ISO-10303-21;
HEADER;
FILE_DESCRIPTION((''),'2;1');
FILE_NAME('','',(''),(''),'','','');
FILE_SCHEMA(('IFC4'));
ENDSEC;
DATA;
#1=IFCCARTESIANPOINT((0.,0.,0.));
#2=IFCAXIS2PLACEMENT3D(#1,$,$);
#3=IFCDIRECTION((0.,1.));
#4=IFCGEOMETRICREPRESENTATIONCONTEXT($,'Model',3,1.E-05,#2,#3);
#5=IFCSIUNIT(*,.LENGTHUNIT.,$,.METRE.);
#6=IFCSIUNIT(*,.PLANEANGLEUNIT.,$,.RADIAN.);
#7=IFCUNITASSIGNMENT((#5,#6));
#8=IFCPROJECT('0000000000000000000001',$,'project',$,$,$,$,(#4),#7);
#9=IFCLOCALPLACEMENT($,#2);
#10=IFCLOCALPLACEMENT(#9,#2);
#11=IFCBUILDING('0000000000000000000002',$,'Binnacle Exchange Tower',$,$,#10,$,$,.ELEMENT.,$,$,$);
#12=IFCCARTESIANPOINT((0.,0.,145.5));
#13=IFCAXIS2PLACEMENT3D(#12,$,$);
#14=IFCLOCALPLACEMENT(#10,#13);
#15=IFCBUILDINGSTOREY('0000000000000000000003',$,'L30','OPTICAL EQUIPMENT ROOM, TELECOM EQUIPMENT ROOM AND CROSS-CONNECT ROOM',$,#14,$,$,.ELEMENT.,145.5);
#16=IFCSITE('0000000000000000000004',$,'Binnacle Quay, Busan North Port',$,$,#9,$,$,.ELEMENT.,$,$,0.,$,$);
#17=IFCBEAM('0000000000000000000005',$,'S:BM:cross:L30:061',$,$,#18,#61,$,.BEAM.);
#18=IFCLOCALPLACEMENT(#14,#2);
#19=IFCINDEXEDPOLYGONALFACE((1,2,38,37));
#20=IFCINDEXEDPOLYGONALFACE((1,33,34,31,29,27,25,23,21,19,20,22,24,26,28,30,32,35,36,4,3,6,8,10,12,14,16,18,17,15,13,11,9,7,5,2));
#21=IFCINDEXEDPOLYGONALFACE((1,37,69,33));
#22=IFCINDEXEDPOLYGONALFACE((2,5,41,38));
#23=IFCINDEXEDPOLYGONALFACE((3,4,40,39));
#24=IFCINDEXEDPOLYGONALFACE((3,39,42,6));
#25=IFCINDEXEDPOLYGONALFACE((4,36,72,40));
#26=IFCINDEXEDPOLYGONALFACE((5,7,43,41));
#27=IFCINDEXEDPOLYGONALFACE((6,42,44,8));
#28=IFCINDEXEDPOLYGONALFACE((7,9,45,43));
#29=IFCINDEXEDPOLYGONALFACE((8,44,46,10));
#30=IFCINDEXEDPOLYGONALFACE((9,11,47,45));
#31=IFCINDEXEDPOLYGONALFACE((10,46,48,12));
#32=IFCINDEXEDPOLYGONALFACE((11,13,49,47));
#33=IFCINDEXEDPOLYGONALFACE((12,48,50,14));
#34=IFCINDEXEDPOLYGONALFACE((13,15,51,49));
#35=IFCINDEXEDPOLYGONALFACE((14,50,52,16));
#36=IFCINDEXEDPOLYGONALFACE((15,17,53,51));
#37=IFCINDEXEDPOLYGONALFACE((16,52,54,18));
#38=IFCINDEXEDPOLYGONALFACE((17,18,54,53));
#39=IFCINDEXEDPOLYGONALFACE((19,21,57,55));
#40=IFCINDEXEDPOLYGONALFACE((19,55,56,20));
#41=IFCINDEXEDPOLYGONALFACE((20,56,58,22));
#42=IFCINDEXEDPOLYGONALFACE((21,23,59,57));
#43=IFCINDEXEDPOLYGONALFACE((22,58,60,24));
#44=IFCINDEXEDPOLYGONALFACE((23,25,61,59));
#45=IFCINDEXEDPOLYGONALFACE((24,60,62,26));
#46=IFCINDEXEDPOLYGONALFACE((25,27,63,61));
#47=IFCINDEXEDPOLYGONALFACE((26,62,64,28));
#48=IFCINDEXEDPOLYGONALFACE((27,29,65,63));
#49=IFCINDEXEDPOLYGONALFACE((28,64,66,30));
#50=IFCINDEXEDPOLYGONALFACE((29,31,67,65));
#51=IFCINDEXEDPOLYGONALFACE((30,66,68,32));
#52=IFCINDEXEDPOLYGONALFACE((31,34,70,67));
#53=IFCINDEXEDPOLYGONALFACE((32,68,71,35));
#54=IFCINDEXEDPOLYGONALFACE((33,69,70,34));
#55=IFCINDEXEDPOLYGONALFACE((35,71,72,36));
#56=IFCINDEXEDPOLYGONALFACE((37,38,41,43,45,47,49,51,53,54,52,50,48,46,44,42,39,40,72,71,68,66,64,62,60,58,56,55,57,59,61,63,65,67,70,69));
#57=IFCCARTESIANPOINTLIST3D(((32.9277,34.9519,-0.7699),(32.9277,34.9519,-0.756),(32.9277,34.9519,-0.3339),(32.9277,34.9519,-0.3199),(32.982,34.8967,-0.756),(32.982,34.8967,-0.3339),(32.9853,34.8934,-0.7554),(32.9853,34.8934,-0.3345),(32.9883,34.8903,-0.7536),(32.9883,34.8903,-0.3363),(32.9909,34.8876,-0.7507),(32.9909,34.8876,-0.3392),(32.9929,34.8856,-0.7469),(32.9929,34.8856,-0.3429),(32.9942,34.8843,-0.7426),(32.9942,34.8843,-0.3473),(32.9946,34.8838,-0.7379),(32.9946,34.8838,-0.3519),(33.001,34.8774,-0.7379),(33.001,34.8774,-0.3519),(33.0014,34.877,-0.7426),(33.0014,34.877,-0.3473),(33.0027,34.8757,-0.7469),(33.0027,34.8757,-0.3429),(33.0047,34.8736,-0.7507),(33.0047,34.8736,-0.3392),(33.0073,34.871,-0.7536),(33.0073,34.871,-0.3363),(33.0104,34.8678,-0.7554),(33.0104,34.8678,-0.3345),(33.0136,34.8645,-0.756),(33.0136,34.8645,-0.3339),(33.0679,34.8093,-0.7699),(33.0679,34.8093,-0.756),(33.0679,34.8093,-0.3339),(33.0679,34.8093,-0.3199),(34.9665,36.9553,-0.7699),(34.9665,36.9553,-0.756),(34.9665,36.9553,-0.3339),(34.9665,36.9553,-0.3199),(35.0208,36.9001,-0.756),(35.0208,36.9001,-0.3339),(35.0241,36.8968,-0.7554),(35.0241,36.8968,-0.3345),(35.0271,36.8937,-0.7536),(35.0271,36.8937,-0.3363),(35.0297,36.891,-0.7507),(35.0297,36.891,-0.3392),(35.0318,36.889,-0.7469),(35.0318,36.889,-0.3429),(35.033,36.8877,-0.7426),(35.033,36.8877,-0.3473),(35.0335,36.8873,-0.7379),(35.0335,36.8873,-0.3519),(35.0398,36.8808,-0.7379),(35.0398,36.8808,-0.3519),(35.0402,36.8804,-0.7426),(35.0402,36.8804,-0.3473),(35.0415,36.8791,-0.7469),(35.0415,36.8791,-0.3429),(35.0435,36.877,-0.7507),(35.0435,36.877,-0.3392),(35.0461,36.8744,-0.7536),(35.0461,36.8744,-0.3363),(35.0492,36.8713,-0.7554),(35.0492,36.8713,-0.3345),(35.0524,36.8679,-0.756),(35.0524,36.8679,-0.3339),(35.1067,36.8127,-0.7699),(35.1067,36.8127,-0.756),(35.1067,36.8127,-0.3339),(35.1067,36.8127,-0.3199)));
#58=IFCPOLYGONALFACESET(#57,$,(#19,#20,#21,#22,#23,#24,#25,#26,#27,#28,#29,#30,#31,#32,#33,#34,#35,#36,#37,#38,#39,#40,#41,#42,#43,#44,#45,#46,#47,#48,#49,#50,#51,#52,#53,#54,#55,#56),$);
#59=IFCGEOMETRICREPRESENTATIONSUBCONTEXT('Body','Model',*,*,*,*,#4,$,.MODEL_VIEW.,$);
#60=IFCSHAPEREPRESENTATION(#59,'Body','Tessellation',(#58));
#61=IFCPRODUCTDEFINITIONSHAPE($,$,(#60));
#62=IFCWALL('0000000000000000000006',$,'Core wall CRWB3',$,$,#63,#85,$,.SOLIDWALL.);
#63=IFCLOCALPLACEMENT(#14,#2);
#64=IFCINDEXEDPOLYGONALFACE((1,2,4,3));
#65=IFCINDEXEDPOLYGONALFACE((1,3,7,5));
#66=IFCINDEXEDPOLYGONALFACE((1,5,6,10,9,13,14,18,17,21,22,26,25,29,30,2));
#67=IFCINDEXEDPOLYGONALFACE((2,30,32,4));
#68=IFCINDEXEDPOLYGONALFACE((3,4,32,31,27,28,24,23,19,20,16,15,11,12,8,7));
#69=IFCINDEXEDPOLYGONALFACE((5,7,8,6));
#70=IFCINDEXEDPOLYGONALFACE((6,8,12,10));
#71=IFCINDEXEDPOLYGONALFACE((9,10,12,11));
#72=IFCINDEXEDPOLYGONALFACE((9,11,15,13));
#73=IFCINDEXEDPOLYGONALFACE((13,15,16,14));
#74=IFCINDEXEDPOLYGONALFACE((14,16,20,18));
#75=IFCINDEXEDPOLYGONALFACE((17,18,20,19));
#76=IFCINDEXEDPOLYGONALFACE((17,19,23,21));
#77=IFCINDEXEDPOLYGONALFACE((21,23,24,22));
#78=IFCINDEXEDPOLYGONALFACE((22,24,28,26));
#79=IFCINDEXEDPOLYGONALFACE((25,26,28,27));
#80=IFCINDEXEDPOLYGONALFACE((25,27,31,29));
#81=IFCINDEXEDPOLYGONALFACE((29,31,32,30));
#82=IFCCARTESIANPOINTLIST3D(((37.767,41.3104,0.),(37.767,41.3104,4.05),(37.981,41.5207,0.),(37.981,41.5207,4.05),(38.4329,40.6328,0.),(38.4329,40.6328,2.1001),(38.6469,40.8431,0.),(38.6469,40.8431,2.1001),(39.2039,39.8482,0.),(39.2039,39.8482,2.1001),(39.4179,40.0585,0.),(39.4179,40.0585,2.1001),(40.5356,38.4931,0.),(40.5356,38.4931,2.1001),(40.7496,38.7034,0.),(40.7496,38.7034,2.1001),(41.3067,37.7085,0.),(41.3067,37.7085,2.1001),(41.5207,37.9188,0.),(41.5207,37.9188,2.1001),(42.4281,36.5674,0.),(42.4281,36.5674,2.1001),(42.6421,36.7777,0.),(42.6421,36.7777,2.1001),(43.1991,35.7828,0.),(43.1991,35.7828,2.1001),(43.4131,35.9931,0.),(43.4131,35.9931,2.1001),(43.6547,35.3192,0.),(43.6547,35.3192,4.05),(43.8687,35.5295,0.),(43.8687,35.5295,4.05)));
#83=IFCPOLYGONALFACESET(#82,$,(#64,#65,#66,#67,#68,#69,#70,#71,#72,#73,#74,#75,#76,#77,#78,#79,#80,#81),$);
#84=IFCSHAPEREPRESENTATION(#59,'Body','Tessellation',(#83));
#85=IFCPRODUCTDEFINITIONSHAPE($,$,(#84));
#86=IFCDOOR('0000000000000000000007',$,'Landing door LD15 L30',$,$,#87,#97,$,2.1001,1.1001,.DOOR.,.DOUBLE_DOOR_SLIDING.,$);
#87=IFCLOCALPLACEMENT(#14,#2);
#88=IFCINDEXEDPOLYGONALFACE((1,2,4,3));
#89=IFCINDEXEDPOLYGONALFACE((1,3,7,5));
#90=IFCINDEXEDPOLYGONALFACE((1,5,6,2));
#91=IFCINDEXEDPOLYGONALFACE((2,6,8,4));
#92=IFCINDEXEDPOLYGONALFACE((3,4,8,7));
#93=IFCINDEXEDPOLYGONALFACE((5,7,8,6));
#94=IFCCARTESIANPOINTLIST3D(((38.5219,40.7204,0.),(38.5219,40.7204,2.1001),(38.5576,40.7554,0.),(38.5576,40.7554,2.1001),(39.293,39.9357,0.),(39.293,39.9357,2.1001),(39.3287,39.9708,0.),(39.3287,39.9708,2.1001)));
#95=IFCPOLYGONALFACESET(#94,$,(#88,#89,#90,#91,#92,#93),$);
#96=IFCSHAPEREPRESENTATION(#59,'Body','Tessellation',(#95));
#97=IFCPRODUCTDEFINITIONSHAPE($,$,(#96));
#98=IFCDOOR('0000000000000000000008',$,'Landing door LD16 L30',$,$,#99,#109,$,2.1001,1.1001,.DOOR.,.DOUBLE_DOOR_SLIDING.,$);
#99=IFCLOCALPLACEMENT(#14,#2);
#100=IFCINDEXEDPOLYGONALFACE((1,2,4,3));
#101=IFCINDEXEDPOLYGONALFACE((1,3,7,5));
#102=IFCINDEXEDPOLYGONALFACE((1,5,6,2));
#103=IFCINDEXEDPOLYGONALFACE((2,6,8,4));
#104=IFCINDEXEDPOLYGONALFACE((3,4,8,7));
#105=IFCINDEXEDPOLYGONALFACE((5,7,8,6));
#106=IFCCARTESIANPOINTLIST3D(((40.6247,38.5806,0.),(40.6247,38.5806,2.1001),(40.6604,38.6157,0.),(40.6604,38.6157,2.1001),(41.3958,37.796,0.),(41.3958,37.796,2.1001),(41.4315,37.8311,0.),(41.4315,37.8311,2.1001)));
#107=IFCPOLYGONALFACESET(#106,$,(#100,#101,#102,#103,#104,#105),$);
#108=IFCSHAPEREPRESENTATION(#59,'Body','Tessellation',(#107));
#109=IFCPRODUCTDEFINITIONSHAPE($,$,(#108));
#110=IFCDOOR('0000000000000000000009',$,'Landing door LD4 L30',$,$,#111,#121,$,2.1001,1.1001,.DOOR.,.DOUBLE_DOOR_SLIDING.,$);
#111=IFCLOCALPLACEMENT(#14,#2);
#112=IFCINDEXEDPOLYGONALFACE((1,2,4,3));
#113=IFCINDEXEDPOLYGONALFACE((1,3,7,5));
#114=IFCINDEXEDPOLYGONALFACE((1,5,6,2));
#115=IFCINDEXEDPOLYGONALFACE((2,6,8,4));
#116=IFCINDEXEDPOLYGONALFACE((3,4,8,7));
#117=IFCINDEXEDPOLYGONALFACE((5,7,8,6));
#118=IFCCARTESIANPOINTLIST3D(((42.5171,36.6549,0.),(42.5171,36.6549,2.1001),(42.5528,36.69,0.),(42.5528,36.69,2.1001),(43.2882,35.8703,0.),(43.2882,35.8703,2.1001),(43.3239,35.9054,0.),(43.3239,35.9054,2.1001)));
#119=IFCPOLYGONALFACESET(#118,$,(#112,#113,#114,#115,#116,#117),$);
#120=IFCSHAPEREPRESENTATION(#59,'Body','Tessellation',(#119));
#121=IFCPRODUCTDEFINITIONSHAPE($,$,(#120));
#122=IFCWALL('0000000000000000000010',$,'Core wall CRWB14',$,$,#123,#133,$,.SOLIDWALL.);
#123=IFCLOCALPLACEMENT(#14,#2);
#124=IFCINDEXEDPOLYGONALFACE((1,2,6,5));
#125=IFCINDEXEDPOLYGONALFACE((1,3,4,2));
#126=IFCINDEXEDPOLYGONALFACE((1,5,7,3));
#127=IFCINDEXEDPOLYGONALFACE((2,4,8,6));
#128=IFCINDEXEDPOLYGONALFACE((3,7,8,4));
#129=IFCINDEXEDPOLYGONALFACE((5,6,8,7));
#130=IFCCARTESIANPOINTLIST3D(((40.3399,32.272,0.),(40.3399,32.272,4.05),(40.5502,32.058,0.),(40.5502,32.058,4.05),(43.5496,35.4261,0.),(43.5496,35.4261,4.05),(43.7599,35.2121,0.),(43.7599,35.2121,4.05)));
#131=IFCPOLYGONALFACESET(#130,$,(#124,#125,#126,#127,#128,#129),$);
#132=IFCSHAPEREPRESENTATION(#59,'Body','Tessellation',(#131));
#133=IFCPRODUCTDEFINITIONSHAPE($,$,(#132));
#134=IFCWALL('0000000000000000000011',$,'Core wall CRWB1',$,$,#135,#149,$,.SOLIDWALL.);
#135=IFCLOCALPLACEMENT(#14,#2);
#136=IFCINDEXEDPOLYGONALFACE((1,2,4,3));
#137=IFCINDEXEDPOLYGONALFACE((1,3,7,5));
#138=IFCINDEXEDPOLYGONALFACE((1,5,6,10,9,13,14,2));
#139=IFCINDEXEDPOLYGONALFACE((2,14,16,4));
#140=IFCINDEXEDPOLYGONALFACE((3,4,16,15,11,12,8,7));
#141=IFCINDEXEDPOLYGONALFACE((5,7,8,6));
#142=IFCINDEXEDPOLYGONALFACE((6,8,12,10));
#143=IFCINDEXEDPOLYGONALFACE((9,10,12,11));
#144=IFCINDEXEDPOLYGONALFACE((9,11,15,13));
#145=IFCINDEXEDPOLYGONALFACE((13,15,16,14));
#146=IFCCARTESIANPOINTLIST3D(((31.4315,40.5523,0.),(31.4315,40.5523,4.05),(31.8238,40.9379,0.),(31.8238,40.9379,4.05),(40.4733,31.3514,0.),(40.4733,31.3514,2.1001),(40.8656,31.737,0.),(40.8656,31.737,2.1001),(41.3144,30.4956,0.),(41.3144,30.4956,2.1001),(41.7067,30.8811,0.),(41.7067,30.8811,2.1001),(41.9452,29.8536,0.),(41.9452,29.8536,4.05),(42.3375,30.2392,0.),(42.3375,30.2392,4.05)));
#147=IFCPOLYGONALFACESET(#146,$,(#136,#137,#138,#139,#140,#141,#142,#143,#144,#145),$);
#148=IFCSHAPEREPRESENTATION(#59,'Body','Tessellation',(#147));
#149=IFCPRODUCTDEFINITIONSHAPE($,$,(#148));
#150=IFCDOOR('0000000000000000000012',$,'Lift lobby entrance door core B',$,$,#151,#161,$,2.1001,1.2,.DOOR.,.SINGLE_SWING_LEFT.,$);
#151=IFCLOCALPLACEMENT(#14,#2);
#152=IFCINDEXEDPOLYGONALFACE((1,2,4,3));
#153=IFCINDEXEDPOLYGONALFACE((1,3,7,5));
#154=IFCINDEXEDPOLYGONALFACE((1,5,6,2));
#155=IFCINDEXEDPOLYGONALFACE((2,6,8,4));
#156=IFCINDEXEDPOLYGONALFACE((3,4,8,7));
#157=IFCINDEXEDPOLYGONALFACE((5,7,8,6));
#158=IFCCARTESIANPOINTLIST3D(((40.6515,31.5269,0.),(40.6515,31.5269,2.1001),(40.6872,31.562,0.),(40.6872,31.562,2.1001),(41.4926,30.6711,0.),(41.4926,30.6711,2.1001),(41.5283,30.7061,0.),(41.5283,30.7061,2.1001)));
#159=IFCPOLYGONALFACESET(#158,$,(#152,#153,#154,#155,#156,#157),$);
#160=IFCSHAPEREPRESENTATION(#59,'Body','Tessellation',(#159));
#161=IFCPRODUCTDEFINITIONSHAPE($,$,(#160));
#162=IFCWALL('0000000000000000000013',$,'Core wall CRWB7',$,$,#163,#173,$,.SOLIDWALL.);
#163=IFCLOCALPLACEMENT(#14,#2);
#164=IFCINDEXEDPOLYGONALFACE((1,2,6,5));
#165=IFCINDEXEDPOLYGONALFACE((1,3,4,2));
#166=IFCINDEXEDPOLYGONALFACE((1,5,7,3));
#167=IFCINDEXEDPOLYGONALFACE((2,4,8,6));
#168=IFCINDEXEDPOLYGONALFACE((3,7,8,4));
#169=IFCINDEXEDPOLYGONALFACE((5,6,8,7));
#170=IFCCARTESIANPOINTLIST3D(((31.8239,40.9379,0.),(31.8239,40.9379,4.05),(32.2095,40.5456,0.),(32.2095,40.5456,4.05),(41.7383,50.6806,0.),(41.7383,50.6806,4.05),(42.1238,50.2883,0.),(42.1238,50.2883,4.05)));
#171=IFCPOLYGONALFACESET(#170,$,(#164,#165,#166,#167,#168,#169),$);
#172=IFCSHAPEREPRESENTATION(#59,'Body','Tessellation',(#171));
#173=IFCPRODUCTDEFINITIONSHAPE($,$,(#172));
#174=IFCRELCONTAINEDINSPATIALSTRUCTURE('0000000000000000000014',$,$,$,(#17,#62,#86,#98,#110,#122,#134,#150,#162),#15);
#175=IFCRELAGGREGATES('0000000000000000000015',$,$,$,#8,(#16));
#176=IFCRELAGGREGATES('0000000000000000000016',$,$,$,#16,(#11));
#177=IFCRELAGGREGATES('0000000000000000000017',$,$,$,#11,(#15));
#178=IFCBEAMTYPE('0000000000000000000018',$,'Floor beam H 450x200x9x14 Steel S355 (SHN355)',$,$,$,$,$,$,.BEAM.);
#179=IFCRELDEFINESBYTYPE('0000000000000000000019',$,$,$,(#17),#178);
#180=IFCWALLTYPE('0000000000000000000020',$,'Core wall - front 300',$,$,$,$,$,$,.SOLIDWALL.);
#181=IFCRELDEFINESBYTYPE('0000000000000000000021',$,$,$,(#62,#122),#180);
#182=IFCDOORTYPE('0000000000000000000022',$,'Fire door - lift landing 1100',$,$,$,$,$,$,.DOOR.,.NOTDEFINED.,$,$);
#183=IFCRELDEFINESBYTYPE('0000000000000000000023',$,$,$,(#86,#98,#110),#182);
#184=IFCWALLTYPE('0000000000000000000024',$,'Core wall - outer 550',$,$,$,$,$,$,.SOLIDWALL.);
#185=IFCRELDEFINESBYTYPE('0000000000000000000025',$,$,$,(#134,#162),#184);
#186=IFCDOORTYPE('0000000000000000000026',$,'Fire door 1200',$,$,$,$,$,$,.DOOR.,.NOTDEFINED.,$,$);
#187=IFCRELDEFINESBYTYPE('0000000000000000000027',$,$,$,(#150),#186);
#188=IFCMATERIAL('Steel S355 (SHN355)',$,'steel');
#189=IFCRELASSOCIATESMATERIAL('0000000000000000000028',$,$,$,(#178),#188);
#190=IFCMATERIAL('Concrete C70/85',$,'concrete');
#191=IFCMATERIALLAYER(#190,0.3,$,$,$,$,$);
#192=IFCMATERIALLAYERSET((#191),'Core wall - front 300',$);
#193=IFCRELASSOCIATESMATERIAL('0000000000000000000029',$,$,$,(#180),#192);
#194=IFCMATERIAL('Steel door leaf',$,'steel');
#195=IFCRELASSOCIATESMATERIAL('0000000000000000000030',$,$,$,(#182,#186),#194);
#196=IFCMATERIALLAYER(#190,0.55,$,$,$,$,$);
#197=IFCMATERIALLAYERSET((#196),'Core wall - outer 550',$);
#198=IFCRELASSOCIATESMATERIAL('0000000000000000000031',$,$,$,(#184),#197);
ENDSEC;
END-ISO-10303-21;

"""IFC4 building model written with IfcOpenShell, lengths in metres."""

from ifc_helpers import new_model, si_unit, direction, frame, frame_2d, origin, origin_2d, place, context, subcontext, project, spatial, rectangle, i_section, extrude, material, layer, layer_set, material_profile, profile_set, type_object, element, fill, save


model = new_model("IFC4")

# Units and contexts
model_context = context("Model", 3, precision=1e-05, world=origin(), true_north=direction((0.0, 1.0)))
body_context = subcontext(model_context, "Body", "Model", "MODEL_VIEW")
ifc_project = project(units=[si_unit("LENGTHUNIT", "METRE"), si_unit("PLANEANGLEUNIT", "RADIAN")], contexts=[model_context])

# Site, building, storey
site_placement = place(None, origin())
site = spatial("IfcSite", under=ifc_project, at=site_placement, Name="Binnacle Quay, Busan North Port", CompositionType="ELEMENT", RefElevation=0.0)
building_placement = place(site_placement, origin())
building = spatial("IfcBuilding", under=site, at=building_placement, Name="Binnacle Exchange Tower", CompositionType="ELEMENT")
storey_placement = place(building_placement, frame((0.0, 0.0, 145.5)))
storey = spatial("IfcBuildingStorey", under=building, at=storey_placement, Name="L30", Description="OPTICAL EQUIPMENT ROOM, TELECOM EQUIPMENT ROOM AND CROSS-CONNECT ROOM", CompositionType="ELEMENT", Elevation=145.5)

# Shared definitions
ifc_material_1 = material(Name="Concrete C70/85", Category="concrete")

# Beam
ifc_material_2 = material(Name="Steel S355 (SHN355)", Category="steel")
ifc_material_profile_1 = material_profile(ifc_material_2, i_section(OverallWidth=0.2, OverallDepth=0.45, WebThickness=0.009, FlangeThickness=0.0139, FilletRadius=0.0181, at=origin_2d()), Name="H 450x200x9x14")
ifc_profile_set_1 = profile_set([ifc_material_profile_1], Name="Steel S355 (SHN355)")
beam_type_1 = type_object("IfcBeamType", Name="Floor beam H 450x200x9x14 Steel S355 (SHN355)", PredefinedType="BEAM", material=ifc_profile_set_1)
beam_1_placement = place(storey_placement, frame((32.9978, 34.8806, -0.5449), z_axis=(0.713272, 0.700887, 0.0), x_axis=(-0.700887, 0.713272, 0.0)))
element("IfcBeam", 1, at=beam_1_placement, inside=storey, type_object=beam_type_1, Name="S:BM:cross:L30:061", PredefinedType="BEAM", context=body_context, shape_type="SweptSolid", body=[
    extrude(i_section(OverallWidth=0.2, OverallDepth=0.45, WebThickness=0.009, FlangeThickness=0.0139, FilletRadius=0.0181, at=origin_2d()), origin(), (0.0, 0.0, 1.0), 2.8584),
])

# Wall, openings, doors
ifc_layer_1 = layer(ifc_material_1, 0.3)
ifc_layer_set_1 = layer_set([ifc_layer_1], Name="Core wall - front 300")
wall_type_1 = type_object("IfcWallType", Name="Core wall - front 300", PredefinedType="SOLIDWALL", material=ifc_layer_set_1)
wall_1_placement = place(storey_placement, frame((37.874, 41.4155, 0.0), z_axis=(0.0, 0.0, 1.0), x_axis=(0.700918, -0.713242, 0.0)))
wall_1 = element("IfcWall", 2, at=wall_1_placement, inside=storey, type_object=wall_type_1, Name="Core wall CRWB3", PredefinedType="SOLIDWALL", context=body_context, shape_type="SweptSolid", body=[
    extrude(rectangle(XDim=8.3999, YDim=0.3, at=frame_2d((4.2, 0.0))), origin(), (0.0, 0.0, 1.0), 4.05),
])
opening_1_placement = place(wall_1_placement, frame((0.95, 0.0, 0.0)))
opening_1 = element("IfcOpeningElement", 3, at=opening_1_placement, cuts=wall_1, PredefinedType="OPENING", context=body_context, shape_type="SweptSolid", body=[
    extrude(rectangle(XDim=1.1001, YDim=2.1001, at=frame_2d((0.55, 1.05))), frame((0.0, 0.1599, 0.0), z_axis=(0.0, -1.0, 0.0), x_axis=(1.0, 0.0, 0.0)), (0.0, 0.0, 1.0), 0.3201),
])
opening_2_placement = place(wall_1_placement, frame((3.95, 0.0, 0.0)))
opening_2 = element("IfcOpeningElement", 4, at=opening_2_placement, cuts=wall_1, PredefinedType="OPENING", context=body_context, shape_type="SweptSolid", body=[
    extrude(rectangle(XDim=1.1001, YDim=2.1001, at=frame_2d((0.55, 1.05))), frame((0.0, 0.1599, 0.0), z_axis=(0.0, -1.0, 0.0), x_axis=(1.0, 0.0, 0.0)), (0.0, 0.0, 1.0), 0.3201),
])
opening_3_placement = place(wall_1_placement, frame((6.6499, 0.0, 0.0)))
opening_3 = element("IfcOpeningElement", 5, at=opening_3_placement, cuts=wall_1, PredefinedType="OPENING", context=body_context, shape_type="SweptSolid", body=[
    extrude(rectangle(XDim=1.1001, YDim=2.1001, at=frame_2d((0.55, 1.05))), frame((0.0, 0.1599, 0.0), z_axis=(0.0, -1.0, 0.0), x_axis=(1.0, 0.0, 0.0)), (0.0, 0.0, 1.0), 0.3201),
])
ifc_material_3 = material(Name="Steel door leaf", Category="steel")
door_type_1 = type_object("IfcDoorType", Name="Fire door - lift landing 1100", OperationType="NOTDEFINED", PredefinedType="DOOR", material=ifc_material_3)
door_1_placement = place(opening_1_placement, origin())
door_1 = element("IfcDoor", 6, at=door_1_placement, inside=storey, type_object=door_type_1, Name="Landing door LD15 L30", OperationType="DOUBLE_DOOR_SLIDING", OverallHeight=2.1001, OverallWidth=1.1001, PredefinedType="DOOR", context=body_context, shape_type="SweptSolid", body=[
    extrude(rectangle(XDim=1.1001, YDim=2.1001, at=frame_2d((0.55, 1.05))), frame((0.0, 0.0249, 0.0), z_axis=(0.0, -1.0, 0.0), x_axis=(1.0, 0.0, 0.0)), (0.0, 0.0, 1.0), 0.05),
])
fill(opening_1, door_1)
door_2_placement = place(opening_2_placement, origin())
door_2 = element("IfcDoor", 7, at=door_2_placement, inside=storey, type_object=door_type_1, Name="Landing door LD16 L30", OperationType="DOUBLE_DOOR_SLIDING", OverallHeight=2.1001, OverallWidth=1.1001, PredefinedType="DOOR", context=body_context, shape_type="SweptSolid", body=[
    extrude(rectangle(XDim=1.1001, YDim=2.1001, at=frame_2d((0.55, 1.05))), frame((0.0, 0.0249, 0.0), z_axis=(0.0, -1.0, 0.0), x_axis=(1.0, 0.0, 0.0)), (0.0, 0.0, 1.0), 0.05),
])
fill(opening_2, door_2)
door_3_placement = place(opening_3_placement, origin())
door_3 = element("IfcDoor", 8, at=door_3_placement, inside=storey, type_object=door_type_1, Name="Landing door LD4 L30", OperationType="DOUBLE_DOOR_SLIDING", OverallHeight=2.1001, OverallWidth=1.1001, PredefinedType="DOOR", context=body_context, shape_type="SweptSolid", body=[
    extrude(rectangle(XDim=1.1001, YDim=2.1001, at=frame_2d((0.55, 1.05))), frame((0.0, 0.0249, 0.0), z_axis=(0.0, -1.0, 0.0), x_axis=(1.0, 0.0, 0.0)), (0.0, 0.0, 1.0), 0.05),
])
fill(opening_3, door_3)

# Wall
wall_2_placement = place(storey_placement, frame((40.4451, 32.165, 0.0), z_axis=(0.0, 0.0, 1.0), x_axis=(0.713265, 0.700895, 0.0)))
element("IfcWall", 9, at=wall_2_placement, inside=storey, type_object=wall_type_1, Name="Core wall CRWB14", PredefinedType="SOLIDWALL", context=body_context, shape_type="SweptSolid", body=[
    extrude(rectangle(XDim=4.5, YDim=0.3, at=frame_2d((2.25, 0.0))), origin(), (0.0, 0.0, 1.0), 4.05),
])

# Wall, opening, door
ifc_layer_2 = layer(ifc_material_1, 0.55)
ifc_layer_set_2 = layer_set([ifc_layer_2], Name="Core wall - outer 550")
wall_type_2 = type_object("IfcWallType", Name="Core wall - outer 550", PredefinedType="SOLIDWALL", material=ifc_layer_set_2)
wall_3_placement = place(storey_placement, frame((31.6277, 40.7451, 0.0), z_axis=(0.0, 0.0, 1.0), x_axis=(0.700911, -0.713248, 0.0)))
wall_3 = element("IfcWall", 10, at=wall_3_placement, inside=storey, type_object=wall_type_2, Name="Core wall CRWB1", PredefinedType="SOLIDWALL", context=body_context, shape_type="SweptSolid", body=[
    extrude(rectangle(XDim=15.0, YDim=0.55, at=frame_2d((7.5, 0.0))), origin(), (0.0, 0.0, 1.0), 4.05),
])
opening_4_placement = place(wall_3_placement, frame((12.8999, 0.0, 0.0)))
opening_4 = element("IfcOpeningElement", 11, at=opening_4_placement, cuts=wall_3, PredefinedType="OPENING", context=body_context, shape_type="SweptSolid", body=[
    extrude(rectangle(XDim=1.2, YDim=2.1001, at=frame_2d((0.6001, 1.05))), frame((0.0, 0.2849, 0.0), z_axis=(0.0, -1.0, 0.0), x_axis=(1.0, 0.0, 0.0)), (0.0, 0.0, 1.0), 0.5701),
])
door_type_2 = type_object("IfcDoorType", Name="Fire door 1200", OperationType="NOTDEFINED", PredefinedType="DOOR", material=ifc_material_3)
door_4_placement = place(opening_4_placement, frame((1.2, 0.0, 0.0), z_axis=(0.0, 0.0, 1.0), x_axis=(-1.0, 0.0, 0.0)))
door_4 = element("IfcDoor", 12, at=door_4_placement, inside=storey, type_object=door_type_2, Name="Lift lobby entrance door core B", OperationType="SINGLE_SWING_LEFT", OverallHeight=2.1001, OverallWidth=1.2, PredefinedType="DOOR", context=body_context, shape_type="SweptSolid", body=[
    extrude(rectangle(XDim=1.2, YDim=2.1001, at=frame_2d((0.6001, 1.05))), frame((0.0, 0.0249, 0.0), z_axis=(0.0, -1.0, 0.0), x_axis=(1.0, 0.0, 0.0)), (0.0, 0.0, 1.0), 0.05),
])
fill(opening_4, door_4)

# Wall
for number, where, z_axis, x_axis, name in (
    (13, (32.0166, 40.7417, 0.0), (0.0, 0.0, 1.0), (0.713254, 0.700906, 0.0), "Core wall CRWB7"),
):
    element("IfcWall", number, at=place(storey_placement, frame(where, z_axis=z_axis, x_axis=x_axis)), inside=storey, type_object=wall_type_2, Name=name, PredefinedType="SOLIDWALL", context=body_context, shape_type="SweptSolid", body=[
        extrude(rectangle(XDim=13.9001, YDim=0.55, at=frame_2d((6.9502, 0.0))), origin(), (0.0, 0.0, 1.0), 4.05),
    ])

save(model, "model.ifc")
